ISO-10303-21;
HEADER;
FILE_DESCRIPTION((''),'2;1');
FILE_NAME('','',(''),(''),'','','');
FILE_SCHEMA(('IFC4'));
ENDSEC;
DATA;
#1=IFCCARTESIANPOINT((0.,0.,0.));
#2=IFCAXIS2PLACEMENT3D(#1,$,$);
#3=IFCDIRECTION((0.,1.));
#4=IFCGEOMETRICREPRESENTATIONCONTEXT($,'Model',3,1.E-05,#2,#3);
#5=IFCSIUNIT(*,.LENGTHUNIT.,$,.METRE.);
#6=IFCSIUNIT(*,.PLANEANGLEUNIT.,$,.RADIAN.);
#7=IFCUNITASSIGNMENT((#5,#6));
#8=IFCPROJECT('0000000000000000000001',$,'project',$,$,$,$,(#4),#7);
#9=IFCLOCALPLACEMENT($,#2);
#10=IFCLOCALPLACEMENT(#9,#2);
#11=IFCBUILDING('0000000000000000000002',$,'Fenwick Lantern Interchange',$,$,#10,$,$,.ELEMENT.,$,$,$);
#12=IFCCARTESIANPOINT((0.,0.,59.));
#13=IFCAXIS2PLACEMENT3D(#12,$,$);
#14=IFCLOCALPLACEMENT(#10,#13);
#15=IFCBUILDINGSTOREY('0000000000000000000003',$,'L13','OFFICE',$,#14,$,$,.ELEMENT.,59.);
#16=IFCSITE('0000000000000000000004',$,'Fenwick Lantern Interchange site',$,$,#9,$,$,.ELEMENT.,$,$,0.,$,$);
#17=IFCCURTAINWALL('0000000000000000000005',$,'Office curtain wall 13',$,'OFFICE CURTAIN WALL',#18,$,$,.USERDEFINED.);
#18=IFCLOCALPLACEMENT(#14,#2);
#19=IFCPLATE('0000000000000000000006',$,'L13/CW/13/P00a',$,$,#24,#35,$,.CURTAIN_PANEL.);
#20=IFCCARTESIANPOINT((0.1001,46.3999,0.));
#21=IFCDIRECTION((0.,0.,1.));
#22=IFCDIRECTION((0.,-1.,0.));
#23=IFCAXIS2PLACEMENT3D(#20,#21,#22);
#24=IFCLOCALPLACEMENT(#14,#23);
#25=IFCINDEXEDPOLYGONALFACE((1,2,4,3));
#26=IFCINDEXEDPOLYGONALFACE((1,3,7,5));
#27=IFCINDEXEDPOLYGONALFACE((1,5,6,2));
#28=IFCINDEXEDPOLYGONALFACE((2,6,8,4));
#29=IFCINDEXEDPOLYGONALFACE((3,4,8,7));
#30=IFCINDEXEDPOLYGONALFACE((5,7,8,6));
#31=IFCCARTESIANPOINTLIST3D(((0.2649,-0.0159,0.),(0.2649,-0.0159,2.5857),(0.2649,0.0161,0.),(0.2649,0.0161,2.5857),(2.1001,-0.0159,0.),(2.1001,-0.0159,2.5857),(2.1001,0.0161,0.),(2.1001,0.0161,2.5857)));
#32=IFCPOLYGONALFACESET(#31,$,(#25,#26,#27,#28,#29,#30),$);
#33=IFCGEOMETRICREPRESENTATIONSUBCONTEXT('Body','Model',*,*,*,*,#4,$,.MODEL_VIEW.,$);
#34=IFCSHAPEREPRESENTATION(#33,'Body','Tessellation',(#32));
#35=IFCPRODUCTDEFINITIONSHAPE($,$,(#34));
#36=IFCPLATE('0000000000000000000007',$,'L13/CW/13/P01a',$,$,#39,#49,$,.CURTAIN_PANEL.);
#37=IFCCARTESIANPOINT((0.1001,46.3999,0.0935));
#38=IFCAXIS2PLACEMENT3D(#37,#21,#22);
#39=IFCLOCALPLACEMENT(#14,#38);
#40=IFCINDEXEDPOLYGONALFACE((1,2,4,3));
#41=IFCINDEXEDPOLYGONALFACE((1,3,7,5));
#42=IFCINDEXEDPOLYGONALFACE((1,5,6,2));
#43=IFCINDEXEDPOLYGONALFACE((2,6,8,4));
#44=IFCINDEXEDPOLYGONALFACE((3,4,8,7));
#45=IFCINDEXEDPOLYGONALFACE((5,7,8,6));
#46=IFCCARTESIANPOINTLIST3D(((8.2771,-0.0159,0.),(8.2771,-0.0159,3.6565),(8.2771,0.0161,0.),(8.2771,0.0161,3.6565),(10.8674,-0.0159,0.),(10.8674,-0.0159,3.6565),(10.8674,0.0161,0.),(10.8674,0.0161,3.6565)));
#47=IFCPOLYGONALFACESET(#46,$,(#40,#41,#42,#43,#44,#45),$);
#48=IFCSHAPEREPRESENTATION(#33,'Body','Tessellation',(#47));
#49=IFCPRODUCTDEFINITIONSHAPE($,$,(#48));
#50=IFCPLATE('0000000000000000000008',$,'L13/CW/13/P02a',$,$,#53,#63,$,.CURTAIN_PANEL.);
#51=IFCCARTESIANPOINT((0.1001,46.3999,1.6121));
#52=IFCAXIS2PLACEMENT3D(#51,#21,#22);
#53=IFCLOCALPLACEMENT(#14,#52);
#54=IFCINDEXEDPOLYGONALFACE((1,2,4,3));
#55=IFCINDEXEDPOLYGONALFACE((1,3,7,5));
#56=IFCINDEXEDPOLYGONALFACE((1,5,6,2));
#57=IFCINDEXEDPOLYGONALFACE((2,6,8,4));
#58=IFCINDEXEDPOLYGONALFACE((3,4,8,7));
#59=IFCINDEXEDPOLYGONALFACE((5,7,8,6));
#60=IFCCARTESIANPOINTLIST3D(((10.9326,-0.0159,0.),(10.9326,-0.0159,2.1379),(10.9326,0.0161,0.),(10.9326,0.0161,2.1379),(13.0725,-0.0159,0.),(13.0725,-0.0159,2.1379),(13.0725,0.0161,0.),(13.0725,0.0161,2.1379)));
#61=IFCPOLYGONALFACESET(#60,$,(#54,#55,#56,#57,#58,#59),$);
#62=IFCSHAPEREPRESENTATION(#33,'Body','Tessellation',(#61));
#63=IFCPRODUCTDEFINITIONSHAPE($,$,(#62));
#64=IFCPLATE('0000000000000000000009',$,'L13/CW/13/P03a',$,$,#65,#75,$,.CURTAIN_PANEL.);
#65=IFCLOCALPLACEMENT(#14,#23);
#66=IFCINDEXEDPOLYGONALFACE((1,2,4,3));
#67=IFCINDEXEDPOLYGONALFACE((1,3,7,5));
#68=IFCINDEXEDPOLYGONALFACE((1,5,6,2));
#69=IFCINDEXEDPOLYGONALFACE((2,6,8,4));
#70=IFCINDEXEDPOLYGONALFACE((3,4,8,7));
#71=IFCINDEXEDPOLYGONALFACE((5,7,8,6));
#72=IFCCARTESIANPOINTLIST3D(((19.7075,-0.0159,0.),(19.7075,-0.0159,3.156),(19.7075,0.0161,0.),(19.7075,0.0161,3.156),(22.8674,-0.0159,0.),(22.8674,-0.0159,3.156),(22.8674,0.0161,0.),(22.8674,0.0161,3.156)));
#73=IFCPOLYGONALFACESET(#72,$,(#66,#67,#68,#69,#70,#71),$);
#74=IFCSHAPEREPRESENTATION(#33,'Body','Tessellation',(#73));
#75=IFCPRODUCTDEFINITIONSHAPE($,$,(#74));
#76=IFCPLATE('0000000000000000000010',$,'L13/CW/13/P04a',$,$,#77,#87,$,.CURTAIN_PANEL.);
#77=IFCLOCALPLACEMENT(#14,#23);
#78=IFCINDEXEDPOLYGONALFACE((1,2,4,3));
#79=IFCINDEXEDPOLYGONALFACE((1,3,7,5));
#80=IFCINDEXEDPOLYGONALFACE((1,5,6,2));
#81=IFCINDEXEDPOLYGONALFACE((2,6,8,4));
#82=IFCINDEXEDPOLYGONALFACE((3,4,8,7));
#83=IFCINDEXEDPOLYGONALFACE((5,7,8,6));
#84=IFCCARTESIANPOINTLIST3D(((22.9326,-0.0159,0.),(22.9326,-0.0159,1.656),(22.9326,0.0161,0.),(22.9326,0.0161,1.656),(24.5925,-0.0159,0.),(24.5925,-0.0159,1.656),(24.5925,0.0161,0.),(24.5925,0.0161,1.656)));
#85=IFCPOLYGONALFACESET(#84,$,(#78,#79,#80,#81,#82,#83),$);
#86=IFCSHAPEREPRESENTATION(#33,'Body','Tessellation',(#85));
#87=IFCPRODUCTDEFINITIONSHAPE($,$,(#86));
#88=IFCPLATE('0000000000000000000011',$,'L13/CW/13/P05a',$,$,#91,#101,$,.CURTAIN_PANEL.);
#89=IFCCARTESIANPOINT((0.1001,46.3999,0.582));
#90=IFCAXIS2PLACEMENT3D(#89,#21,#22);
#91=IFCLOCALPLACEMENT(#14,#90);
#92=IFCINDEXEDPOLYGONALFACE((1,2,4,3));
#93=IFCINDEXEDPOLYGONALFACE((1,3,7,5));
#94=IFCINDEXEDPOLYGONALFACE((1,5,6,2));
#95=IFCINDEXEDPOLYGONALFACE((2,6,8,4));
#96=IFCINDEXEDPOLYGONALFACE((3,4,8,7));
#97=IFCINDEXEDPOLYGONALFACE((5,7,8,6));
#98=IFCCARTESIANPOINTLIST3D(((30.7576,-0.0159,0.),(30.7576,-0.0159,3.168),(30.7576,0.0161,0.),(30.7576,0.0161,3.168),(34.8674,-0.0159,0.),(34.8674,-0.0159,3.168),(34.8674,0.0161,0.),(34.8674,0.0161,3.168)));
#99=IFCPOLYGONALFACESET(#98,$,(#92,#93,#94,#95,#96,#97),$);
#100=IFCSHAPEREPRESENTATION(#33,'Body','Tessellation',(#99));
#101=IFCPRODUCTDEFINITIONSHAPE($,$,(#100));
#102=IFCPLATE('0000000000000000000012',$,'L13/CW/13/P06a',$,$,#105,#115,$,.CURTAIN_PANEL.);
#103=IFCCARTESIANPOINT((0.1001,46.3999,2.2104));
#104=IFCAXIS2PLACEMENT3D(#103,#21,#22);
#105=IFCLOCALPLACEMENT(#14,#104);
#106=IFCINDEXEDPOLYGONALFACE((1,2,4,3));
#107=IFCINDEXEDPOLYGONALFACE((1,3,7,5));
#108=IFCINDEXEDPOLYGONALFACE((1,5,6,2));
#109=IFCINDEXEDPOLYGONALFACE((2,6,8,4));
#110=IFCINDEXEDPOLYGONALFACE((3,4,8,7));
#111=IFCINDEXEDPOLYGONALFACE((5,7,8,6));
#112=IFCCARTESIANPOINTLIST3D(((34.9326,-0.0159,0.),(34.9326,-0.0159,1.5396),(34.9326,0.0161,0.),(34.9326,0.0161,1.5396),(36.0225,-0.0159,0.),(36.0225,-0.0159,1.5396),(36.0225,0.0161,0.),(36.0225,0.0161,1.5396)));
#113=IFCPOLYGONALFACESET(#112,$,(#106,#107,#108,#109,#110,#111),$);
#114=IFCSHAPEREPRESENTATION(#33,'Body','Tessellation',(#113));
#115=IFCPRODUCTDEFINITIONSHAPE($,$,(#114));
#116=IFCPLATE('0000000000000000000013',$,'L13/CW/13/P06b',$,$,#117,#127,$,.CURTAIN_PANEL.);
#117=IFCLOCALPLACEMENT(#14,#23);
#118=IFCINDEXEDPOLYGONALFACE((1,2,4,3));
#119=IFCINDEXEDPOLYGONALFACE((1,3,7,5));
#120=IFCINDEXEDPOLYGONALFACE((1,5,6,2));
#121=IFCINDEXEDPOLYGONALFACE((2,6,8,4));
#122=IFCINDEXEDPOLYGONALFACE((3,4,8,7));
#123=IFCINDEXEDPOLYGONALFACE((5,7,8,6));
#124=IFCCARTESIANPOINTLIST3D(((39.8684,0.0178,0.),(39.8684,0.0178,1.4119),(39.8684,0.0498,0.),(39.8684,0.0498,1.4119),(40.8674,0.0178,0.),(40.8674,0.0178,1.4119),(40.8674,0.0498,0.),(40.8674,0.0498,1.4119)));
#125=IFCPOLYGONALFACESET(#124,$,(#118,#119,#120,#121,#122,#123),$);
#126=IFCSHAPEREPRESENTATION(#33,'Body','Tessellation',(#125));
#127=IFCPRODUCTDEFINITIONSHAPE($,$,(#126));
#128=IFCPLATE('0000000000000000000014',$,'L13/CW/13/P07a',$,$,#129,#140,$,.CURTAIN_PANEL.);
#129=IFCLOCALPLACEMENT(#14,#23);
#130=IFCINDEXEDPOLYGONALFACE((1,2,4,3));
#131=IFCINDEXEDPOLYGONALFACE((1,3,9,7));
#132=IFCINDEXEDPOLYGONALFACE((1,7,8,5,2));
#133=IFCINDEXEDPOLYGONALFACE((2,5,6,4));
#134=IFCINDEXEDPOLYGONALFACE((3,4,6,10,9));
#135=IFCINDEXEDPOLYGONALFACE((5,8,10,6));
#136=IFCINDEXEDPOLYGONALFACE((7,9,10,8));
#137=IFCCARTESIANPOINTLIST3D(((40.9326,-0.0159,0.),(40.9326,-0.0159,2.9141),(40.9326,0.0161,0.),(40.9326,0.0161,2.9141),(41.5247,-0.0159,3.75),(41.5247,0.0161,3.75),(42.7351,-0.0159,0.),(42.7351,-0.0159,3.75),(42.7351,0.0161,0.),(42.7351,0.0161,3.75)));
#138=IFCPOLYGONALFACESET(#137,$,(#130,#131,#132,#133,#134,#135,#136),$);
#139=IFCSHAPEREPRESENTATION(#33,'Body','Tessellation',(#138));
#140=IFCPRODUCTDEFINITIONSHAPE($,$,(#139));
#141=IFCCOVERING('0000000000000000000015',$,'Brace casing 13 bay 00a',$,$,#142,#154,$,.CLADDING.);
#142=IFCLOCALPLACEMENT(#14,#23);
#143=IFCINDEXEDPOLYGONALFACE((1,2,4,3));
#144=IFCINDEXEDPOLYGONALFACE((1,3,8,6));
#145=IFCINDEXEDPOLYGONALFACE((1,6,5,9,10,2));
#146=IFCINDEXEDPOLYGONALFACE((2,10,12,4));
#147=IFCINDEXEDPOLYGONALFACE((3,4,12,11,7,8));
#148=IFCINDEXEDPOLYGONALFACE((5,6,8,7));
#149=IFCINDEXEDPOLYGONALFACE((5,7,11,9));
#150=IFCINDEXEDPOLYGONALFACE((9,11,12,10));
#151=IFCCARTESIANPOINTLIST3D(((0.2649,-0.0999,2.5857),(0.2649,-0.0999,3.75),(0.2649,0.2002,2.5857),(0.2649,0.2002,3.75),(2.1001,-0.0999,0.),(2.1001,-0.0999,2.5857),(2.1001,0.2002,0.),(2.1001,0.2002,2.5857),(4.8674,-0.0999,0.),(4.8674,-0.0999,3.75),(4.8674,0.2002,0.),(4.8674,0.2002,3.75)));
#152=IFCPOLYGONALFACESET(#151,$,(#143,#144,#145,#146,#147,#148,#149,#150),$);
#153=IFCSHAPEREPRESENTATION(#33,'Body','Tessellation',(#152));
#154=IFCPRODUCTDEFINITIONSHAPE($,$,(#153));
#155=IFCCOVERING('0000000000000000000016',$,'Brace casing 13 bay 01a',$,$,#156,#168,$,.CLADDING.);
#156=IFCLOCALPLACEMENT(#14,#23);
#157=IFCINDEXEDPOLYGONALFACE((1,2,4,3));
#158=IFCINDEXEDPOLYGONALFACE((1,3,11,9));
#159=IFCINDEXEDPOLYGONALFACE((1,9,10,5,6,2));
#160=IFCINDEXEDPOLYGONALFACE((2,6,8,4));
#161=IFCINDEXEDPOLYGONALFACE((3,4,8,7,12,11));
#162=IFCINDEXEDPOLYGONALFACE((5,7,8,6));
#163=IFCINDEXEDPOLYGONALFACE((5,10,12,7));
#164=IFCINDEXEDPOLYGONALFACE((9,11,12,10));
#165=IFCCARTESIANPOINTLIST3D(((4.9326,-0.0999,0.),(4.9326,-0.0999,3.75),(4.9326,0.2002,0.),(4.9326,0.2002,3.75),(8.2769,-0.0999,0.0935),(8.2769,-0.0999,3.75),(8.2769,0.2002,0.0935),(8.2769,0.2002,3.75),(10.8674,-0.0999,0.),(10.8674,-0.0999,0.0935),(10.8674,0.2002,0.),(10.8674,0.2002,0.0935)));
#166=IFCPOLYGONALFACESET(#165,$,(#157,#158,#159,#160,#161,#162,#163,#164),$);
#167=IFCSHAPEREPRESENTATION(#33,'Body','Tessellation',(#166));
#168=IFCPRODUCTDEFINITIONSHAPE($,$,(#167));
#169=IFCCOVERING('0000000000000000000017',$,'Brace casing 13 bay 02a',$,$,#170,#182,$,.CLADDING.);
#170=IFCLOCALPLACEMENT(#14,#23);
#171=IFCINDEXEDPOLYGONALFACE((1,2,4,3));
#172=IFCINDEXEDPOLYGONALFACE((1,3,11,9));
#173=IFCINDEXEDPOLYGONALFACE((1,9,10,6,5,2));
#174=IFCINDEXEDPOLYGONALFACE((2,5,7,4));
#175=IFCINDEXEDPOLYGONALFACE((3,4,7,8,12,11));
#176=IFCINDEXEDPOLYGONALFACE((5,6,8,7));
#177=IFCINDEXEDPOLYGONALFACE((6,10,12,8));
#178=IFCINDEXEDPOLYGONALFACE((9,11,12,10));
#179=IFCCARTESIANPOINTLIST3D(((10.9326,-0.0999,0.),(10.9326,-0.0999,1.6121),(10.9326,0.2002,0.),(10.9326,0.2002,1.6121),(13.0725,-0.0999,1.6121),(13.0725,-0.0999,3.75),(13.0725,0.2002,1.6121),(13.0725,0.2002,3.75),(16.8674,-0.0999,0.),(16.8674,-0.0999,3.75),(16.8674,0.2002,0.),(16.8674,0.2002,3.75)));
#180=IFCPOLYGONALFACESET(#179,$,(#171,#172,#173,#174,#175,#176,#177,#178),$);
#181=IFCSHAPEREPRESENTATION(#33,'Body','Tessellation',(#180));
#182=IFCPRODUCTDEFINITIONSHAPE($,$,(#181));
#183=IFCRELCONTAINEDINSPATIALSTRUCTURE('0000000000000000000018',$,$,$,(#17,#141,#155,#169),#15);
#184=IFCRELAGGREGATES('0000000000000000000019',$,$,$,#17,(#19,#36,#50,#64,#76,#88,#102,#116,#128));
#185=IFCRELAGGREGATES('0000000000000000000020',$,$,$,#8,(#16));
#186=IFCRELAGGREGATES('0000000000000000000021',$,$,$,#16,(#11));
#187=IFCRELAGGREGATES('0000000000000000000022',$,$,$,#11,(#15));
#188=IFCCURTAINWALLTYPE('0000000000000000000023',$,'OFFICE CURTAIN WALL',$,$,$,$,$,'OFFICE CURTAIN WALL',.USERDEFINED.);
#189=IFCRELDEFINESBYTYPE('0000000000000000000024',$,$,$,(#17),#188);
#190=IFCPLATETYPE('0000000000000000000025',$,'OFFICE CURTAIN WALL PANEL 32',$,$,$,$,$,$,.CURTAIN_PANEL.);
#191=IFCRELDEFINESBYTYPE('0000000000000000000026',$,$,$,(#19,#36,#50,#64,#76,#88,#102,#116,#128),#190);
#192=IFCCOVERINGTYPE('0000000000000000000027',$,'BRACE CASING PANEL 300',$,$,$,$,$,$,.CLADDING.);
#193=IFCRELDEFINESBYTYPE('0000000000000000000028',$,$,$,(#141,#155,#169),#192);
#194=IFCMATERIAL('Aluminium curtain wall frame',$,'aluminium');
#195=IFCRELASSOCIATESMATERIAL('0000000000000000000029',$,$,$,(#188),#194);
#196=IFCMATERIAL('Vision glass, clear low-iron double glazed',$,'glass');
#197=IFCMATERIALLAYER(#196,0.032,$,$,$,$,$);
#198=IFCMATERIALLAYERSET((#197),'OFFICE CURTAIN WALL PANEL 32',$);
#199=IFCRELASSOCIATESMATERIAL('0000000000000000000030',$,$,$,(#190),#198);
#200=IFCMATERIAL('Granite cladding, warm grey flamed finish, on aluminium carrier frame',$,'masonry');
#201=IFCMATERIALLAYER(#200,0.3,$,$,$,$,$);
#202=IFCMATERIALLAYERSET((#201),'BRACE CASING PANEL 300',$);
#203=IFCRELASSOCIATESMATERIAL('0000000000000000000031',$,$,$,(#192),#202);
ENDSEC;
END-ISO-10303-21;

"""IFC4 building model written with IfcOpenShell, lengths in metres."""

from ifc_helpers import new_model, si_unit, direction, frame, origin, place, context, subcontext, project, spatial, polyline, outline, extrude, material, layer, layer_set, type_object, element, aggregate, save


model = new_model("IFC4")

# Units and contexts
model_context = context("Model", 3, precision=1e-05, world=origin(), true_north=direction((0.0, 1.0)))
body_context = subcontext(model_context, "Body", "Model", "MODEL_VIEW")
ifc_project = project(units=[si_unit("LENGTHUNIT", "METRE"), si_unit("PLANEANGLEUNIT", "RADIAN")], contexts=[model_context])

# Site, building, storey
site_placement = place(None, origin())
site = spatial("IfcSite", under=ifc_project, at=site_placement, Name="Fenwick Lantern Interchange site", CompositionType="ELEMENT", RefElevation=0.0)
building_placement = place(site_placement, origin())
building = spatial("IfcBuilding", under=site, at=building_placement, Name="Fenwick Lantern Interchange", CompositionType="ELEMENT")
storey_placement = place(building_placement, frame((0.0, 0.0, 59.0)))
storey = spatial("IfcBuildingStorey", under=building, at=storey_placement, Name="L13", Description="OFFICE", CompositionType="ELEMENT", Elevation=59.0)

# Shared definitions
ifc_material_1 = material(Name="Aluminium curtain wall frame", Category="aluminium")
curtain_wall_type = type_object("IfcCurtainWallType", Name="OFFICE CURTAIN WALL", ElementType="OFFICE CURTAIN WALL", PredefinedType="USERDEFINED", material=ifc_material_1)

# Curtain wall
curtain_wall_1_placement = place(storey_placement, origin())
curtain_wall_1 = element("IfcCurtainWall", 1, at=curtain_wall_1_placement, inside=storey, type_object=curtain_wall_type, Name="Office curtain wall 13", ObjectType="OFFICE CURTAIN WALL", PredefinedType="USERDEFINED")

# Plates
ifc_material_2 = material(Name="Vision glass, clear low-iron double glazed", Category="glass")
ifc_layer_1 = layer(ifc_material_2, 0.032)
ifc_layer_set_1 = layer_set([ifc_layer_1], Name="OFFICE CURTAIN WALL PANEL 32")
plate_type = type_object("IfcPlateType", Name="OFFICE CURTAIN WALL PANEL 32", PredefinedType="CURTAIN_PANEL", material=ifc_layer_set_1)
plate_1_placement = place(storey_placement, frame((0.1001, 46.3999, 0.0), z_axis=(0.0, 0.0, 1.0), x_axis=(0.0, -1.0, 0.0)))
plate_1 = element("IfcPlate", 2, at=plate_1_placement, type_object=plate_type, Name="L13/CW/13/P00a", PredefinedType="CURTAIN_PANEL", context=body_context, shape_type="SweptSolid", body=[
    extrude(outline(polyline([(0.2649, 0.0), (2.1001, 0.0), (2.1001, 2.5857), (0.2649, 2.5857), (0.2649, 0.0)])), frame((0.0, 0.0161, 0.0), z_axis=(0.0, -1.0, 0.0), x_axis=(1.0, 0.0, 0.0)), (0.0, 0.0, 1.0), 0.032),
])
plate_2_placement = place(storey_placement, frame((0.1001, 46.3999, 0.0935), z_axis=(0.0, 0.0, 1.0), x_axis=(0.0, -1.0, 0.0)))
plate_2 = element("IfcPlate", 3, at=plate_2_placement, type_object=plate_type, Name="L13/CW/13/P01a", PredefinedType="CURTAIN_PANEL", context=body_context, shape_type="SweptSolid", body=[
    extrude(outline(polyline([(8.2771, 0.0), (10.8674, 0.0), (10.8674, 3.6565), (8.2771, 3.6565), (8.2771, 0.0)])), frame((0.0, 0.0161, 0.0), z_axis=(0.0, -1.0, 0.0), x_axis=(1.0, 0.0, 0.0)), (0.0, 0.0, 1.0), 0.032),
])
plate_3_placement = place(storey_placement, frame((0.1001, 46.3999, 1.6121), z_axis=(0.0, 0.0, 1.0), x_axis=(0.0, -1.0, 0.0)))
plate_3 = element("IfcPlate", 4, at=plate_3_placement, type_object=plate_type, Name="L13/CW/13/P02a", PredefinedType="CURTAIN_PANEL", context=body_context, shape_type="SweptSolid", body=[
    extrude(outline(polyline([(10.9326, 0.0), (13.0725, 0.0), (13.0725, 2.1379), (10.9326, 2.1379), (10.9326, 0.0)])), frame((0.0, 0.0161, 0.0), z_axis=(0.0, -1.0, 0.0), x_axis=(1.0, 0.0, 0.0)), (0.0, 0.0, 1.0), 0.032),
])
plate_4_placement = place(storey_placement, frame((0.1001, 46.3999, 0.0), z_axis=(0.0, 0.0, 1.0), x_axis=(0.0, -1.0, 0.0)))
plate_4 = element("IfcPlate", 5, at=plate_4_placement, type_object=plate_type, Name="L13/CW/13/P03a", PredefinedType="CURTAIN_PANEL", context=body_context, shape_type="SweptSolid", body=[
    extrude(outline(polyline([(19.7075, 0.0), (22.8674, 0.0), (22.8674, 3.156), (19.7075, 3.156), (19.7075, 0.0)])), frame((0.0, 0.0161, 0.0), z_axis=(0.0, -1.0, 0.0), x_axis=(1.0, 0.0, 0.0)), (0.0, 0.0, 1.0), 0.032),
])
plate_5_placement = place(storey_placement, frame((0.1001, 46.3999, 0.0), z_axis=(0.0, 0.0, 1.0), x_axis=(0.0, -1.0, 0.0)))
plate_5 = element("IfcPlate", 6, at=plate_5_placement, type_object=plate_type, Name="L13/CW/13/P04a", PredefinedType="CURTAIN_PANEL", context=body_context, shape_type="SweptSolid", body=[
    extrude(outline(polyline([(22.9326, 0.0), (24.5925, 0.0), (24.5925, 1.656), (22.9326, 1.656), (22.9326, 0.0)])), frame((0.0, 0.0161, 0.0), z_axis=(0.0, -1.0, 0.0), x_axis=(1.0, 0.0, 0.0)), (0.0, 0.0, 1.0), 0.032),
])
plate_6_placement = place(storey_placement, frame((0.1001, 46.3999, 0.582), z_axis=(0.0, 0.0, 1.0), x_axis=(0.0, -1.0, 0.0)))
plate_6 = element("IfcPlate", 7, at=plate_6_placement, type_object=plate_type, Name="L13/CW/13/P05a", PredefinedType="CURTAIN_PANEL", context=body_context, shape_type="SweptSolid", body=[
    extrude(outline(polyline([(30.7576, 0.0), (34.8674, 0.0), (34.8674, 3.168), (30.7576, 3.168), (30.7576, 0.0)])), frame((0.0, 0.0161, 0.0), z_axis=(0.0, -1.0, 0.0), x_axis=(1.0, 0.0, 0.0)), (0.0, 0.0, 1.0), 0.032),
])
plate_7_placement = place(storey_placement, frame((0.1001, 46.3999, 2.2104), z_axis=(0.0, 0.0, 1.0), x_axis=(0.0, -1.0, 0.0)))
plate_7 = element("IfcPlate", 8, at=plate_7_placement, type_object=plate_type, Name="L13/CW/13/P06a", PredefinedType="CURTAIN_PANEL", context=body_context, shape_type="SweptSolid", body=[
    extrude(outline(polyline([(34.9326, 0.0), (36.0225, 0.0), (36.0225, 1.5396), (34.9326, 1.5396), (34.9326, 0.0)])), frame((0.0, 0.0161, 0.0), z_axis=(0.0, -1.0, 0.0), x_axis=(1.0, 0.0, 0.0)), (0.0, 0.0, 1.0), 0.032),
])
plate_8_placement = place(storey_placement, frame((0.1001, 46.3999, 0.0), z_axis=(0.0, 0.0, 1.0), x_axis=(0.0, -1.0, 0.0)))
plate_8 = element("IfcPlate", 9, at=plate_8_placement, type_object=plate_type, Name="L13/CW/13/P06b", PredefinedType="CURTAIN_PANEL", context=body_context, shape_type="SweptSolid", body=[
    extrude(outline(polyline([(39.8684, 0.0), (40.8674, 0.0), (40.8674, 1.4119), (39.8684, 1.4119), (39.8684, 0.0)])), frame((0.0, 0.0498, 0.0), z_axis=(0.0, -1.0, 0.0), x_axis=(1.0, 0.0, 0.0)), (0.0, 0.0, 1.0), 0.032),
])
plate_9_placement = place(storey_placement, frame((0.1001, 46.3999, 0.0), z_axis=(0.0, 0.0, 1.0), x_axis=(0.0, -1.0, 0.0)))
plate_9 = element("IfcPlate", 10, at=plate_9_placement, type_object=plate_type, Name="L13/CW/13/P07a", PredefinedType="CURTAIN_PANEL", context=body_context, shape_type="SweptSolid", body=[
    extrude(outline(polyline([(40.9326, 0.0), (42.7351, 0.0), (42.7351, 3.75), (41.5247, 3.75), (40.9326, 2.9141), (40.9326, 0.0)])), frame((0.0, 0.0161, 0.0), z_axis=(0.0, -1.0, 0.0), x_axis=(1.0, 0.0, 0.0)), (0.0, 0.0, 1.0), 0.032),
])
aggregate(curtain_wall_1, [plate_1, plate_2, plate_3, plate_4, plate_5, plate_6, plate_7, plate_8, plate_9])

# Coverings
ifc_material_3 = material(Name="Granite cladding, warm grey flamed finish, on aluminium carrier frame", Category="masonry")
ifc_layer_2 = layer(ifc_material_3, 0.3)
ifc_layer_set_2 = layer_set([ifc_layer_2], Name="BRACE CASING PANEL 300")
covering_type = type_object("IfcCoveringType", Name="BRACE CASING PANEL 300", PredefinedType="CLADDING", material=ifc_layer_set_2)
covering_1_placement = place(storey_placement, frame((0.1001, 46.3999, 0.0), z_axis=(0.0, 0.0, 1.0), x_axis=(0.0, -1.0, 0.0)))
element("IfcCovering", 11, at=covering_1_placement, inside=storey, type_object=covering_type, Name="Brace casing 13 bay 00a", PredefinedType="CLADDING", context=body_context, shape_type="SweptSolid", body=[
    extrude(outline(polyline([(2.1001, 0.0), (4.8674, 0.0), (4.8674, 3.75), (0.2649, 3.75), (0.2649, 2.5857), (2.1001, 2.5857), (2.1001, 0.0)])), frame((0.0, 0.2002, 0.0), z_axis=(0.0, -1.0, 0.0), x_axis=(1.0, 0.0, 0.0)), (0.0, 0.0, 1.0), 0.3),
])
covering_2_placement = place(storey_placement, frame((0.1001, 46.3999, 0.0), z_axis=(0.0, 0.0, 1.0), x_axis=(0.0, -1.0, 0.0)))
element("IfcCovering", 12, at=covering_2_placement, inside=storey, type_object=covering_type, Name="Brace casing 13 bay 01a", PredefinedType="CLADDING", context=body_context, shape_type="SweptSolid", body=[
    extrude(outline(polyline([(4.9326, 0.0), (10.8674, 0.0), (10.8674, 0.0935), (8.2769, 0.0935), (8.2769, 3.75), (4.9326, 3.75), (4.9326, 0.0)])), frame((0.0, 0.2002, 0.0), z_axis=(0.0, -1.0, 0.0), x_axis=(1.0, 0.0, 0.0)), (0.0, 0.0, 1.0), 0.3),
])
covering_3_placement = place(storey_placement, frame((0.1001, 46.3999, 0.0), z_axis=(0.0, 0.0, 1.0), x_axis=(0.0, -1.0, 0.0)))
element("IfcCovering", 13, at=covering_3_placement, inside=storey, type_object=covering_type, Name="Brace casing 13 bay 02a", PredefinedType="CLADDING", context=body_context, shape_type="SweptSolid", body=[
    extrude(outline(polyline([(10.9326, 0.0), (16.8674, 0.0), (16.8674, 3.75), (13.0725, 3.75), (13.0725, 1.6121), (10.9326, 1.6121), (10.9326, 0.0)])), frame((0.0, 0.2002, 0.0), z_axis=(0.0, -1.0, 0.0), x_axis=(1.0, 0.0, 0.0)), (0.0, 0.0, 1.0), 0.3),
])

save(model, "model.ifc")
